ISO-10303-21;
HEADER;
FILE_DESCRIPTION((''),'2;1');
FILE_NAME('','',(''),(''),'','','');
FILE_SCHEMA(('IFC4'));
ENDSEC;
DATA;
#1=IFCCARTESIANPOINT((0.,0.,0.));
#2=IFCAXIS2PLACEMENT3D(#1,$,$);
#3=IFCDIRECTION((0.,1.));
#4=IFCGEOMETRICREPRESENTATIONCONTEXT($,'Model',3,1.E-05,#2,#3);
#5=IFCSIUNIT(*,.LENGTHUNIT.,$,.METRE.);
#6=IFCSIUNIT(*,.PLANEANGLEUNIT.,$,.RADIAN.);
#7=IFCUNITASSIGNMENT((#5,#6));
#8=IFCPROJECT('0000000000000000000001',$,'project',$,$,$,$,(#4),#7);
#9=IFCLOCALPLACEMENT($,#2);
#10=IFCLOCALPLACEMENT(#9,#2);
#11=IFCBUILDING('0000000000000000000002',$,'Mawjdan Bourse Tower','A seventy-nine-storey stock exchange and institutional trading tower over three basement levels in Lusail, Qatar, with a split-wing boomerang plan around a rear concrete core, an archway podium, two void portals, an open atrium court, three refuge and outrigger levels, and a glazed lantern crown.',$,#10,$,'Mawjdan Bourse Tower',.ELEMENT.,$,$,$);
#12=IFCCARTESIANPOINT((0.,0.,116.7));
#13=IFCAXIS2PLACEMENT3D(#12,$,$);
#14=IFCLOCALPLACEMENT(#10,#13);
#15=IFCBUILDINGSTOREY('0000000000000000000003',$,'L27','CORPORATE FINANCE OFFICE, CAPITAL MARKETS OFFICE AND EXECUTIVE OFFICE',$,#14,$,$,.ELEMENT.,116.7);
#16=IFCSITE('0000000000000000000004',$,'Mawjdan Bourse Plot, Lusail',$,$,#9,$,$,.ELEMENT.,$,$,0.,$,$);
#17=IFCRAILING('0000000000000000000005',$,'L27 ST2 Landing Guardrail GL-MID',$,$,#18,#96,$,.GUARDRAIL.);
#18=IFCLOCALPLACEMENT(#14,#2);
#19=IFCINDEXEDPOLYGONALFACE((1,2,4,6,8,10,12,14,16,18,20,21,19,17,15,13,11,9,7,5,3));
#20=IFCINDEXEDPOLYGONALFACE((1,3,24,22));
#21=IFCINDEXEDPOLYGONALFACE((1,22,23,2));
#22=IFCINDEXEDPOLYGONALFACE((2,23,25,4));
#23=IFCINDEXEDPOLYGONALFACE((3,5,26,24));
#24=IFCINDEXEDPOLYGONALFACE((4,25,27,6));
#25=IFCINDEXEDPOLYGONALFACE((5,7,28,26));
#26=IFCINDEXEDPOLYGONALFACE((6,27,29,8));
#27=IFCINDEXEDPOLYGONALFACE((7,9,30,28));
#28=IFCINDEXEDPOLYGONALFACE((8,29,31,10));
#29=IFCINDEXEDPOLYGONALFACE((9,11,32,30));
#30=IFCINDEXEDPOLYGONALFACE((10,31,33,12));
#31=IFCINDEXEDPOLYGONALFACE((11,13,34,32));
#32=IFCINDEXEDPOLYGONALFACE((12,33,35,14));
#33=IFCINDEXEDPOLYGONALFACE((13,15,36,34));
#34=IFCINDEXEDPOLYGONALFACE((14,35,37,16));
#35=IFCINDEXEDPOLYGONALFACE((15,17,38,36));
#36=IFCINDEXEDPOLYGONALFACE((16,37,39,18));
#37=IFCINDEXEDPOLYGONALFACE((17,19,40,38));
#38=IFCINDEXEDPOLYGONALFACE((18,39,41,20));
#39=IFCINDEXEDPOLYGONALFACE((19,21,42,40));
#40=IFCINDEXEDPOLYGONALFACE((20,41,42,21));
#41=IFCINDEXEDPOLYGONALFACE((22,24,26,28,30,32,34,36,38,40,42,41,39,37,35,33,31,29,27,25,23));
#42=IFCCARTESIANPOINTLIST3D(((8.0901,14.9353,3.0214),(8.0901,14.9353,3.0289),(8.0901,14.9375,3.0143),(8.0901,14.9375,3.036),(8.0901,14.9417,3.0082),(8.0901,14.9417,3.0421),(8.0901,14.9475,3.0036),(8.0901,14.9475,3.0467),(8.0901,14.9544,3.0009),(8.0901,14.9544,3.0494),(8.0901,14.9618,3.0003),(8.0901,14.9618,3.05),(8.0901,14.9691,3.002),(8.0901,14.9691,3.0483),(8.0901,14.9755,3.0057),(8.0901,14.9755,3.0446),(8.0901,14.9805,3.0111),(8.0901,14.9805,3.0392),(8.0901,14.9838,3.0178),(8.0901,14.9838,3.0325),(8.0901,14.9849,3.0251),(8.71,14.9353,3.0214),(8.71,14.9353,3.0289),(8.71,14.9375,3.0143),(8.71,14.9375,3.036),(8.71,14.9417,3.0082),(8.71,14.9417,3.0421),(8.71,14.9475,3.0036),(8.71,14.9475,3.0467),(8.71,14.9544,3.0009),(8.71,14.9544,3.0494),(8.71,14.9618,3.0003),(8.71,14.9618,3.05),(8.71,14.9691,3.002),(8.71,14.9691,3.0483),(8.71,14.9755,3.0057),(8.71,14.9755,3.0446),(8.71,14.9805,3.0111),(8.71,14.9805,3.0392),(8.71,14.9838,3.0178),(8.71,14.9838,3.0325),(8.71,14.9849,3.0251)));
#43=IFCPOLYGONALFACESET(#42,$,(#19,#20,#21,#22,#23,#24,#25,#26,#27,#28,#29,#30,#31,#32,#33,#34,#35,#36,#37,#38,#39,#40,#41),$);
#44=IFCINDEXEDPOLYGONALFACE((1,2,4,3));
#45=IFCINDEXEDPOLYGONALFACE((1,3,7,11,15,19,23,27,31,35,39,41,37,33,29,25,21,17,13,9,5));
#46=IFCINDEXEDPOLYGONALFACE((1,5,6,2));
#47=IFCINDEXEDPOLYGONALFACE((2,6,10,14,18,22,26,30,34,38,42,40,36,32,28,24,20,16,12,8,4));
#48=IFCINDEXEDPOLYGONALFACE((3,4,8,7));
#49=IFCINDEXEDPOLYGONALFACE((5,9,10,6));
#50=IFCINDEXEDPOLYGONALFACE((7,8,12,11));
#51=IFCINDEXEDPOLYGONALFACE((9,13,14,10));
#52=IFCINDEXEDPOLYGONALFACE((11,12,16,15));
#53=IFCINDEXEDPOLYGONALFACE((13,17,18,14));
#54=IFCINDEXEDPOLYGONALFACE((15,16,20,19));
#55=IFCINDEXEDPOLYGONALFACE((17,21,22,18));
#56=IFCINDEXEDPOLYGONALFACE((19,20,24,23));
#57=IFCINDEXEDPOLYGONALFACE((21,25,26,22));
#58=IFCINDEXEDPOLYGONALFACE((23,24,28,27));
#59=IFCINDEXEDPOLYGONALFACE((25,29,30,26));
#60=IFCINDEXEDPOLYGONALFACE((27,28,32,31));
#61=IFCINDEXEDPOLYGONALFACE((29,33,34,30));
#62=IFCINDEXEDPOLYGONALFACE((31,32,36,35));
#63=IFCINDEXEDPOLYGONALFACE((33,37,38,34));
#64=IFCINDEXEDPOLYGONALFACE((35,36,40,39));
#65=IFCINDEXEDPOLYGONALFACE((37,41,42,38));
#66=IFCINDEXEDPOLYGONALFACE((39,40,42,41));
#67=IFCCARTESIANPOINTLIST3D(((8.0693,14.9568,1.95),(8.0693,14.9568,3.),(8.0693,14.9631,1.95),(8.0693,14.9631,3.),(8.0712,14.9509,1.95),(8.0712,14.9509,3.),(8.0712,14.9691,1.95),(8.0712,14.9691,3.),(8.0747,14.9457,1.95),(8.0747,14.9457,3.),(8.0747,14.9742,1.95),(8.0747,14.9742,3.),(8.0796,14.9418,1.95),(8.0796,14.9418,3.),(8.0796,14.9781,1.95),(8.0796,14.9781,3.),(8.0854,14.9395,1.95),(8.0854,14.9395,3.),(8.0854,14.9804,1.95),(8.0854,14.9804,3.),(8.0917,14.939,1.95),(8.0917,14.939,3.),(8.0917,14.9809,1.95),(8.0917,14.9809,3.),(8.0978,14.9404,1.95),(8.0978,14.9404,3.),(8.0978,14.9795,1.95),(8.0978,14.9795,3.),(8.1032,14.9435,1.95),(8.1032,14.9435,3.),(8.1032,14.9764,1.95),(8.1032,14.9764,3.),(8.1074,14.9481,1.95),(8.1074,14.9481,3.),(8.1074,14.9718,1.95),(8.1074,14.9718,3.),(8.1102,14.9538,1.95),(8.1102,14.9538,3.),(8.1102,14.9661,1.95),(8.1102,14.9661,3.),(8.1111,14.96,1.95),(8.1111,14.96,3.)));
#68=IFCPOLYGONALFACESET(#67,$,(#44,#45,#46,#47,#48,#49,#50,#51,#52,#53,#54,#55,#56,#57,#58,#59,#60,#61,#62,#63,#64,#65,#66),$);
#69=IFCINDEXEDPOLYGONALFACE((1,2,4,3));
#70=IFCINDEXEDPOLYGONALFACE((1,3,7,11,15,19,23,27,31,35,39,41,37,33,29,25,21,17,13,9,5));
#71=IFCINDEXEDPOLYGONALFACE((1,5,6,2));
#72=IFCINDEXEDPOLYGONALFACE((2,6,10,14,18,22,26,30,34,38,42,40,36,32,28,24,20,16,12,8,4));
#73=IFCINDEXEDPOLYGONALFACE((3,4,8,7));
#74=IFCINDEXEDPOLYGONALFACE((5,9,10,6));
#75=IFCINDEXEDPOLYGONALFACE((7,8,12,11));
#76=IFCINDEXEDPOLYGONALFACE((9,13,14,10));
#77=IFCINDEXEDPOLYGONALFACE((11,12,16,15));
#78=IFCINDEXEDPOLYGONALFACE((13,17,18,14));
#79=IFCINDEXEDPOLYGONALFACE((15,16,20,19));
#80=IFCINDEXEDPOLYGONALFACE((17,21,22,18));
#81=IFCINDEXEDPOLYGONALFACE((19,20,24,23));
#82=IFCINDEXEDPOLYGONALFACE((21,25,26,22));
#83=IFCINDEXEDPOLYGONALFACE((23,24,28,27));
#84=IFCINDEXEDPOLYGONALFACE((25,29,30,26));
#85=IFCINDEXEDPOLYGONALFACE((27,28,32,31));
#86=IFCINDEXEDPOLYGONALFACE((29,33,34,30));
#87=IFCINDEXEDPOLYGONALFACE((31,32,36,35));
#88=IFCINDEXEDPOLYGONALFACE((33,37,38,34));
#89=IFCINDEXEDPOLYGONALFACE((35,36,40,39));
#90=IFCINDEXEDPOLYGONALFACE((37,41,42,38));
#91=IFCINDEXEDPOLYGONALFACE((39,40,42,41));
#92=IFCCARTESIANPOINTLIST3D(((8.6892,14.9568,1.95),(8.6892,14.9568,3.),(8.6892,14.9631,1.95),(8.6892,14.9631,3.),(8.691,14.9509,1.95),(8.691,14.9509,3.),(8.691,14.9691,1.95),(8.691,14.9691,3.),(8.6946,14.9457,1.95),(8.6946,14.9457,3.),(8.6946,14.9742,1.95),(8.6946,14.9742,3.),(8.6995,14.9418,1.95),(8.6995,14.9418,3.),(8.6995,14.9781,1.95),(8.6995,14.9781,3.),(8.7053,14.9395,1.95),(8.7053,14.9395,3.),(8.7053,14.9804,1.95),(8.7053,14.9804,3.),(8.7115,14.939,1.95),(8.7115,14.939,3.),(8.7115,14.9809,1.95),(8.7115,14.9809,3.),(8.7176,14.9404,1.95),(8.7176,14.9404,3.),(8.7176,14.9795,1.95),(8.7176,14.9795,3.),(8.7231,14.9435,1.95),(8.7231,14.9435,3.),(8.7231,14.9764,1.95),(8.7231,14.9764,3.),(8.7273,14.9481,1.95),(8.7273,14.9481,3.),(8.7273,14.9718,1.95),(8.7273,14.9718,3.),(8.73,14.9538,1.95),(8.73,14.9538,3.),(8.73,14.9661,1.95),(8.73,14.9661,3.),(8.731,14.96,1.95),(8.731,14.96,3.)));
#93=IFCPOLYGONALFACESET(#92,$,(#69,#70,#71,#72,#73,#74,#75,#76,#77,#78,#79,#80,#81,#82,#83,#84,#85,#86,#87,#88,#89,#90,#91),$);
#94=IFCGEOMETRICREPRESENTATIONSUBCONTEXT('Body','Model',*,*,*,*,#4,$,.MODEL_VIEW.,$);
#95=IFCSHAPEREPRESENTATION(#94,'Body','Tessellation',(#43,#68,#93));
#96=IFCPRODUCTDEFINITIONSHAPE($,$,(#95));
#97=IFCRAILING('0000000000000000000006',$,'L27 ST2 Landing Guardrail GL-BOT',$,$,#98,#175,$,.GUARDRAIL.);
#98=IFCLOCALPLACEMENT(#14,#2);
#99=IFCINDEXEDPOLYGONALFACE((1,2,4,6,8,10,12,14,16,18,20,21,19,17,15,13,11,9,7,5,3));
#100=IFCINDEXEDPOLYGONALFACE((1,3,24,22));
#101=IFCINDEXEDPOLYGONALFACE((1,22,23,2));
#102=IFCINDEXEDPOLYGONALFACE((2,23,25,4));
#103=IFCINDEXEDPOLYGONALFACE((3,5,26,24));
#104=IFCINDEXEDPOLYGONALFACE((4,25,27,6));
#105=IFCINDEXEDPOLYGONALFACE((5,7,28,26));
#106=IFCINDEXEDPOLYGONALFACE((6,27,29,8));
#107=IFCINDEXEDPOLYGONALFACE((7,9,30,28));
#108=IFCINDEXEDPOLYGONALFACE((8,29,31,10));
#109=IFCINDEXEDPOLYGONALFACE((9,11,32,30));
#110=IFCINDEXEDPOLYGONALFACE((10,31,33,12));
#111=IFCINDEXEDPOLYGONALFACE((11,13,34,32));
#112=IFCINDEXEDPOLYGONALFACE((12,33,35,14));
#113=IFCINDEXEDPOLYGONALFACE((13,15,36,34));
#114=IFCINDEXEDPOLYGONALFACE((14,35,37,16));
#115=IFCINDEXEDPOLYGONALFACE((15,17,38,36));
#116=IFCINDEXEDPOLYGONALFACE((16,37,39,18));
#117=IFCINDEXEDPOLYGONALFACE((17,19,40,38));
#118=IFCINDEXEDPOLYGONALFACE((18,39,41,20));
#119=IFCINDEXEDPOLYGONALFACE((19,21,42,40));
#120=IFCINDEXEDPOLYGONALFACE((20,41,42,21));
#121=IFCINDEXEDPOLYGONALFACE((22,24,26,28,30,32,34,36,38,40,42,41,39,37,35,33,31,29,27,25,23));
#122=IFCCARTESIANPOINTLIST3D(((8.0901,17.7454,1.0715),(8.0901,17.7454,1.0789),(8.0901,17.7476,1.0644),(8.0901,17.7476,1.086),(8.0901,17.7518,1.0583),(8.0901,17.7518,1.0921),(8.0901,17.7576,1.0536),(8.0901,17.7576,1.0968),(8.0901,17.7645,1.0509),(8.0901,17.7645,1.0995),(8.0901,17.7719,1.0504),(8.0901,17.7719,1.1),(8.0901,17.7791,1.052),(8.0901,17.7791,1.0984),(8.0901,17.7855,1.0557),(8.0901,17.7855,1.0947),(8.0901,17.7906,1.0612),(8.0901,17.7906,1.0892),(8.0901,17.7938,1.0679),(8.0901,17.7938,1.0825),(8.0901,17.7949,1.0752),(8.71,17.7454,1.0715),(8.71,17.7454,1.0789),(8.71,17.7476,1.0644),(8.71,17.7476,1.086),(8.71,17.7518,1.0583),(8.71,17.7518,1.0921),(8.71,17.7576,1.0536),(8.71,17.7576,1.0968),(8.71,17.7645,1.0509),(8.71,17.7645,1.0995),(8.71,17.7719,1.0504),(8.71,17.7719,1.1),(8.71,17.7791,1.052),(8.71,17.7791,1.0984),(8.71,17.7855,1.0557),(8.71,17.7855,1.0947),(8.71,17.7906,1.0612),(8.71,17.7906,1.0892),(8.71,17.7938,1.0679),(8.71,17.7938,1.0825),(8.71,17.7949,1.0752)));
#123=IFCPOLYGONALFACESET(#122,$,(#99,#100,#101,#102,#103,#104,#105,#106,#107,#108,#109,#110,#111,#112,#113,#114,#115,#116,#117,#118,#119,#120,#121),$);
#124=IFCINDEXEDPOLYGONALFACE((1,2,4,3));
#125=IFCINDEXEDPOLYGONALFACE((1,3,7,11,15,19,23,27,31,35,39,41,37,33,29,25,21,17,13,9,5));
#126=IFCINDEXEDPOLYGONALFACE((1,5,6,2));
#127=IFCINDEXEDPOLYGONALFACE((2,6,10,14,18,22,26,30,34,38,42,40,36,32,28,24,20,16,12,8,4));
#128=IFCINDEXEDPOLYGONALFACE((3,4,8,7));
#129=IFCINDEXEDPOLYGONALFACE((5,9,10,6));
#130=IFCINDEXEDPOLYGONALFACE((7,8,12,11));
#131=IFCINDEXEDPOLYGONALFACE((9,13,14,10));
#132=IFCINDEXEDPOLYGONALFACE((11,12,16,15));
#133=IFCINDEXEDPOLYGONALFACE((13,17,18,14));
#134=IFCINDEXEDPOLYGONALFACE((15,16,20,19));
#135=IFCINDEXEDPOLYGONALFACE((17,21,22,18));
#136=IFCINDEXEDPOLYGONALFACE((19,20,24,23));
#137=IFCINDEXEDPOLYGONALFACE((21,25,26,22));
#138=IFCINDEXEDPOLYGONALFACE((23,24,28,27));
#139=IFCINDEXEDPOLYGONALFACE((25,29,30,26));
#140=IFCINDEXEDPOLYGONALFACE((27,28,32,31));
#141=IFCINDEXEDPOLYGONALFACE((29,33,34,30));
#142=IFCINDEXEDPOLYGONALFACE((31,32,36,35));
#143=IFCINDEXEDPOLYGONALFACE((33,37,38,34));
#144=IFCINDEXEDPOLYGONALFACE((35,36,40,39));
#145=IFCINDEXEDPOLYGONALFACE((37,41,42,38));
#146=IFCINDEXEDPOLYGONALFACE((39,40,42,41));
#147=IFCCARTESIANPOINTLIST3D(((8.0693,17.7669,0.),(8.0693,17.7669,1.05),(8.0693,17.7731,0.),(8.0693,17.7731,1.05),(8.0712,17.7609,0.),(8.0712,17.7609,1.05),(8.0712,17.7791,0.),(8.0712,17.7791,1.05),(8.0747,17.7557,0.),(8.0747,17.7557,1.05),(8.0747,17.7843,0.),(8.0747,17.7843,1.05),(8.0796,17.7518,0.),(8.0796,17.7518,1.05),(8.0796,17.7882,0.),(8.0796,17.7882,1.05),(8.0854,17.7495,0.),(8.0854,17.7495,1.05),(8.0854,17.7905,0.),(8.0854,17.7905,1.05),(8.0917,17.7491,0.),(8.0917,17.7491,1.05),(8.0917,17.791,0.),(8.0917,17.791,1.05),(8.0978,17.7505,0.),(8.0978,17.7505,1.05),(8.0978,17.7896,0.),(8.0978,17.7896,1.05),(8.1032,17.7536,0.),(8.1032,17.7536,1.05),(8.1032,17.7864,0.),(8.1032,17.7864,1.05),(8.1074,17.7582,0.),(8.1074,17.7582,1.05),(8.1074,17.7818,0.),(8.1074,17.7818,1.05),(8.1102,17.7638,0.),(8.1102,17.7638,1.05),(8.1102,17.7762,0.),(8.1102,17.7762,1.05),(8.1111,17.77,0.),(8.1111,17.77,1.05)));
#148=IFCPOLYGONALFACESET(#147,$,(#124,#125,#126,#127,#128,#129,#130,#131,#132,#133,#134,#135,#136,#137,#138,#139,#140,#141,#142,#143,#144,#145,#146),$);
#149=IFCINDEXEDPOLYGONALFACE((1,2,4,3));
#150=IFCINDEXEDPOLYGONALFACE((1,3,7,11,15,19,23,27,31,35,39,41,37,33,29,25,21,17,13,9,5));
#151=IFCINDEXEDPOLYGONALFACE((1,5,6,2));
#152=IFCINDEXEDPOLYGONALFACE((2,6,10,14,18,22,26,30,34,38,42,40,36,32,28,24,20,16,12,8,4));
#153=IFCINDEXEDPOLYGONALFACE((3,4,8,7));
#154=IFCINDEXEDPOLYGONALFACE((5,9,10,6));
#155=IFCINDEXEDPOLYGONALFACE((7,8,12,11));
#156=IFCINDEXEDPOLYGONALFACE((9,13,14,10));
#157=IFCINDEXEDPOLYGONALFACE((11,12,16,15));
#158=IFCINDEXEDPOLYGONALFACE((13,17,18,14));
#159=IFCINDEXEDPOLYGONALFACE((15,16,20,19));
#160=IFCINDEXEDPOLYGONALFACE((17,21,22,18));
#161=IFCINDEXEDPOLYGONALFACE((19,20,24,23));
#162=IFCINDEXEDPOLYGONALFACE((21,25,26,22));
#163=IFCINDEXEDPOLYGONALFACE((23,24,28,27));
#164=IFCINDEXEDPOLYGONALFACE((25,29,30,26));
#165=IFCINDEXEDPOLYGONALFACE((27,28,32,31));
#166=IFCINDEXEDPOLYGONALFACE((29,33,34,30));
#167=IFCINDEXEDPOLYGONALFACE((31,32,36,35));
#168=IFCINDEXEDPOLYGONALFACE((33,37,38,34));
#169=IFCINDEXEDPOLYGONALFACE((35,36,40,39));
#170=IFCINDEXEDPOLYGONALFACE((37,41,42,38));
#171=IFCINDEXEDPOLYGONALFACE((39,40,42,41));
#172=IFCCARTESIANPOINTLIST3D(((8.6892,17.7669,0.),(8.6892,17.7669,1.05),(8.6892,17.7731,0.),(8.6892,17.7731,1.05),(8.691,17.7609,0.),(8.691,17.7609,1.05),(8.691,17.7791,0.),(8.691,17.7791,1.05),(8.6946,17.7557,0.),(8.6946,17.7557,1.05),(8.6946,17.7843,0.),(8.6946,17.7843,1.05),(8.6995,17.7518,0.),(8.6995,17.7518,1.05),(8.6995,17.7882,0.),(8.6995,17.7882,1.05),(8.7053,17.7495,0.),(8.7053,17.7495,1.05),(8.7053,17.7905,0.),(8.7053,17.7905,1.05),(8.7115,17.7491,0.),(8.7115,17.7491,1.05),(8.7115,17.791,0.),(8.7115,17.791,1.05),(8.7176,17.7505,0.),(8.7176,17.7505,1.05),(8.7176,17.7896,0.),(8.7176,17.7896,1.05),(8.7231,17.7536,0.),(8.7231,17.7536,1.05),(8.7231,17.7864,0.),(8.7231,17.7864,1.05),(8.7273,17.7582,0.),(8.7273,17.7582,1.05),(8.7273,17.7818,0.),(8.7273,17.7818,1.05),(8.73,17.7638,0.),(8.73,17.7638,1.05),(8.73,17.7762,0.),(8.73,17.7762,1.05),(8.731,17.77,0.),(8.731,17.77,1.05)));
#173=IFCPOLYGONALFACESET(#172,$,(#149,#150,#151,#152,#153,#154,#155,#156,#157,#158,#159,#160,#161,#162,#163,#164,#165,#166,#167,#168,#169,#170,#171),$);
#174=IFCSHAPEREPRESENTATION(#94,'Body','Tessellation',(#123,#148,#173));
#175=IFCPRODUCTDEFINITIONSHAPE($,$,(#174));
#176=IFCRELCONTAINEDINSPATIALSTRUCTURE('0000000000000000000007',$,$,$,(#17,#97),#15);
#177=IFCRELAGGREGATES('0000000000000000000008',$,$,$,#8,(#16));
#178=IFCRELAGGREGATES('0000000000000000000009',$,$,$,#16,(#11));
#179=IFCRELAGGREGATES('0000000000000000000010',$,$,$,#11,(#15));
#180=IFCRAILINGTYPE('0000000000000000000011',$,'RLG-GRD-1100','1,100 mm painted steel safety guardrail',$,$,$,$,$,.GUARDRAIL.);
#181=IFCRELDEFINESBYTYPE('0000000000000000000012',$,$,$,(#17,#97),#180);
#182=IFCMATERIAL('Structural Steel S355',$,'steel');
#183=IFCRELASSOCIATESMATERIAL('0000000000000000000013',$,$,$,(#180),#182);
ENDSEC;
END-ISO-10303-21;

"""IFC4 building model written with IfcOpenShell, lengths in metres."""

from ifc_helpers import new_model, si_unit, direction, frame, origin, origin_2d, place, context, subcontext, project, spatial, circle, extrude, material, type_object, element, save


model = new_model("IFC4")

# Units and contexts
model_context = context("Model", 3, precision=1e-05, world=origin(), true_north=direction((0.0, 1.0)))
body_context = subcontext(model_context, "Body", "Model", "MODEL_VIEW")
ifc_project = project(units=[si_unit("LENGTHUNIT", "METRE"), si_unit("PLANEANGLEUNIT", "RADIAN")], contexts=[model_context])

# Site, building, storey
site_placement = place(None, origin())
site = spatial("IfcSite", under=ifc_project, at=site_placement, Name="Mawjdan Bourse Plot, Lusail", CompositionType="ELEMENT", RefElevation=0.0)
building_placement = place(site_placement, origin())
building = spatial("IfcBuilding", under=site, at=building_placement, Name="Mawjdan Bourse Tower", Description="A seventy-nine-storey stock exchange and institutional trading tower over three basement levels in Lusail, Qatar, with a split-wing boomerang plan around a rear concrete core, an archway podium, two void portals, an open atrium court, three refuge and outrigger levels, and a glazed lantern crown.", LongName="Mawjdan Bourse Tower", CompositionType="ELEMENT")
storey_placement = place(building_placement, frame((0.0, 0.0, 116.7)))
storey = spatial("IfcBuildingStorey", under=building, at=storey_placement, Name="L27", Description="CORPORATE FINANCE OFFICE, CAPITAL MARKETS OFFICE AND EXECUTIVE OFFICE", CompositionType="ELEMENT", Elevation=116.7)

# Railings
ifc_material_1 = material(Name="Structural Steel S355", Category="steel")
railing_type_1 = type_object("IfcRailingType", Name="RLG-GRD-1100", Description="1,100 mm painted steel safety guardrail", PredefinedType="GUARDRAIL", material=ifc_material_1)
for number, where, name in (
    (1, (8.0901, 14.96, 1.95), "L27 ST2 Landing Guardrail GL-MID"),
    (2, (8.0901, 17.77, 0.0), "L27 ST2 Landing Guardrail GL-BOT"),
):
    element("IfcRailing", number, at=place(storey_placement, frame(where)), inside=storey, type_object=railing_type_1, Name=name, PredefinedType="GUARDRAIL", context=body_context, shape_type="SweptSolid", body=[
        extrude(circle(Radius=0.0249, at=origin_2d()), frame((0.0, 0.0, 1.0752), z_axis=(1.0, 0.0, 0.0), x_axis=(0.0, 1.0, 0.0)), (0.0, 0.0, 1.0), 0.6199),
        extrude(circle(Radius=0.021, at=origin_2d()), origin(), (0.0, 0.0, 1.0), 1.05),
        extrude(circle(Radius=0.021, at=origin_2d()), frame((0.6199, 0.0, 0.0)), (0.0, 0.0, 1.0), 1.05),
    ])

save(model, "model.ifc")
